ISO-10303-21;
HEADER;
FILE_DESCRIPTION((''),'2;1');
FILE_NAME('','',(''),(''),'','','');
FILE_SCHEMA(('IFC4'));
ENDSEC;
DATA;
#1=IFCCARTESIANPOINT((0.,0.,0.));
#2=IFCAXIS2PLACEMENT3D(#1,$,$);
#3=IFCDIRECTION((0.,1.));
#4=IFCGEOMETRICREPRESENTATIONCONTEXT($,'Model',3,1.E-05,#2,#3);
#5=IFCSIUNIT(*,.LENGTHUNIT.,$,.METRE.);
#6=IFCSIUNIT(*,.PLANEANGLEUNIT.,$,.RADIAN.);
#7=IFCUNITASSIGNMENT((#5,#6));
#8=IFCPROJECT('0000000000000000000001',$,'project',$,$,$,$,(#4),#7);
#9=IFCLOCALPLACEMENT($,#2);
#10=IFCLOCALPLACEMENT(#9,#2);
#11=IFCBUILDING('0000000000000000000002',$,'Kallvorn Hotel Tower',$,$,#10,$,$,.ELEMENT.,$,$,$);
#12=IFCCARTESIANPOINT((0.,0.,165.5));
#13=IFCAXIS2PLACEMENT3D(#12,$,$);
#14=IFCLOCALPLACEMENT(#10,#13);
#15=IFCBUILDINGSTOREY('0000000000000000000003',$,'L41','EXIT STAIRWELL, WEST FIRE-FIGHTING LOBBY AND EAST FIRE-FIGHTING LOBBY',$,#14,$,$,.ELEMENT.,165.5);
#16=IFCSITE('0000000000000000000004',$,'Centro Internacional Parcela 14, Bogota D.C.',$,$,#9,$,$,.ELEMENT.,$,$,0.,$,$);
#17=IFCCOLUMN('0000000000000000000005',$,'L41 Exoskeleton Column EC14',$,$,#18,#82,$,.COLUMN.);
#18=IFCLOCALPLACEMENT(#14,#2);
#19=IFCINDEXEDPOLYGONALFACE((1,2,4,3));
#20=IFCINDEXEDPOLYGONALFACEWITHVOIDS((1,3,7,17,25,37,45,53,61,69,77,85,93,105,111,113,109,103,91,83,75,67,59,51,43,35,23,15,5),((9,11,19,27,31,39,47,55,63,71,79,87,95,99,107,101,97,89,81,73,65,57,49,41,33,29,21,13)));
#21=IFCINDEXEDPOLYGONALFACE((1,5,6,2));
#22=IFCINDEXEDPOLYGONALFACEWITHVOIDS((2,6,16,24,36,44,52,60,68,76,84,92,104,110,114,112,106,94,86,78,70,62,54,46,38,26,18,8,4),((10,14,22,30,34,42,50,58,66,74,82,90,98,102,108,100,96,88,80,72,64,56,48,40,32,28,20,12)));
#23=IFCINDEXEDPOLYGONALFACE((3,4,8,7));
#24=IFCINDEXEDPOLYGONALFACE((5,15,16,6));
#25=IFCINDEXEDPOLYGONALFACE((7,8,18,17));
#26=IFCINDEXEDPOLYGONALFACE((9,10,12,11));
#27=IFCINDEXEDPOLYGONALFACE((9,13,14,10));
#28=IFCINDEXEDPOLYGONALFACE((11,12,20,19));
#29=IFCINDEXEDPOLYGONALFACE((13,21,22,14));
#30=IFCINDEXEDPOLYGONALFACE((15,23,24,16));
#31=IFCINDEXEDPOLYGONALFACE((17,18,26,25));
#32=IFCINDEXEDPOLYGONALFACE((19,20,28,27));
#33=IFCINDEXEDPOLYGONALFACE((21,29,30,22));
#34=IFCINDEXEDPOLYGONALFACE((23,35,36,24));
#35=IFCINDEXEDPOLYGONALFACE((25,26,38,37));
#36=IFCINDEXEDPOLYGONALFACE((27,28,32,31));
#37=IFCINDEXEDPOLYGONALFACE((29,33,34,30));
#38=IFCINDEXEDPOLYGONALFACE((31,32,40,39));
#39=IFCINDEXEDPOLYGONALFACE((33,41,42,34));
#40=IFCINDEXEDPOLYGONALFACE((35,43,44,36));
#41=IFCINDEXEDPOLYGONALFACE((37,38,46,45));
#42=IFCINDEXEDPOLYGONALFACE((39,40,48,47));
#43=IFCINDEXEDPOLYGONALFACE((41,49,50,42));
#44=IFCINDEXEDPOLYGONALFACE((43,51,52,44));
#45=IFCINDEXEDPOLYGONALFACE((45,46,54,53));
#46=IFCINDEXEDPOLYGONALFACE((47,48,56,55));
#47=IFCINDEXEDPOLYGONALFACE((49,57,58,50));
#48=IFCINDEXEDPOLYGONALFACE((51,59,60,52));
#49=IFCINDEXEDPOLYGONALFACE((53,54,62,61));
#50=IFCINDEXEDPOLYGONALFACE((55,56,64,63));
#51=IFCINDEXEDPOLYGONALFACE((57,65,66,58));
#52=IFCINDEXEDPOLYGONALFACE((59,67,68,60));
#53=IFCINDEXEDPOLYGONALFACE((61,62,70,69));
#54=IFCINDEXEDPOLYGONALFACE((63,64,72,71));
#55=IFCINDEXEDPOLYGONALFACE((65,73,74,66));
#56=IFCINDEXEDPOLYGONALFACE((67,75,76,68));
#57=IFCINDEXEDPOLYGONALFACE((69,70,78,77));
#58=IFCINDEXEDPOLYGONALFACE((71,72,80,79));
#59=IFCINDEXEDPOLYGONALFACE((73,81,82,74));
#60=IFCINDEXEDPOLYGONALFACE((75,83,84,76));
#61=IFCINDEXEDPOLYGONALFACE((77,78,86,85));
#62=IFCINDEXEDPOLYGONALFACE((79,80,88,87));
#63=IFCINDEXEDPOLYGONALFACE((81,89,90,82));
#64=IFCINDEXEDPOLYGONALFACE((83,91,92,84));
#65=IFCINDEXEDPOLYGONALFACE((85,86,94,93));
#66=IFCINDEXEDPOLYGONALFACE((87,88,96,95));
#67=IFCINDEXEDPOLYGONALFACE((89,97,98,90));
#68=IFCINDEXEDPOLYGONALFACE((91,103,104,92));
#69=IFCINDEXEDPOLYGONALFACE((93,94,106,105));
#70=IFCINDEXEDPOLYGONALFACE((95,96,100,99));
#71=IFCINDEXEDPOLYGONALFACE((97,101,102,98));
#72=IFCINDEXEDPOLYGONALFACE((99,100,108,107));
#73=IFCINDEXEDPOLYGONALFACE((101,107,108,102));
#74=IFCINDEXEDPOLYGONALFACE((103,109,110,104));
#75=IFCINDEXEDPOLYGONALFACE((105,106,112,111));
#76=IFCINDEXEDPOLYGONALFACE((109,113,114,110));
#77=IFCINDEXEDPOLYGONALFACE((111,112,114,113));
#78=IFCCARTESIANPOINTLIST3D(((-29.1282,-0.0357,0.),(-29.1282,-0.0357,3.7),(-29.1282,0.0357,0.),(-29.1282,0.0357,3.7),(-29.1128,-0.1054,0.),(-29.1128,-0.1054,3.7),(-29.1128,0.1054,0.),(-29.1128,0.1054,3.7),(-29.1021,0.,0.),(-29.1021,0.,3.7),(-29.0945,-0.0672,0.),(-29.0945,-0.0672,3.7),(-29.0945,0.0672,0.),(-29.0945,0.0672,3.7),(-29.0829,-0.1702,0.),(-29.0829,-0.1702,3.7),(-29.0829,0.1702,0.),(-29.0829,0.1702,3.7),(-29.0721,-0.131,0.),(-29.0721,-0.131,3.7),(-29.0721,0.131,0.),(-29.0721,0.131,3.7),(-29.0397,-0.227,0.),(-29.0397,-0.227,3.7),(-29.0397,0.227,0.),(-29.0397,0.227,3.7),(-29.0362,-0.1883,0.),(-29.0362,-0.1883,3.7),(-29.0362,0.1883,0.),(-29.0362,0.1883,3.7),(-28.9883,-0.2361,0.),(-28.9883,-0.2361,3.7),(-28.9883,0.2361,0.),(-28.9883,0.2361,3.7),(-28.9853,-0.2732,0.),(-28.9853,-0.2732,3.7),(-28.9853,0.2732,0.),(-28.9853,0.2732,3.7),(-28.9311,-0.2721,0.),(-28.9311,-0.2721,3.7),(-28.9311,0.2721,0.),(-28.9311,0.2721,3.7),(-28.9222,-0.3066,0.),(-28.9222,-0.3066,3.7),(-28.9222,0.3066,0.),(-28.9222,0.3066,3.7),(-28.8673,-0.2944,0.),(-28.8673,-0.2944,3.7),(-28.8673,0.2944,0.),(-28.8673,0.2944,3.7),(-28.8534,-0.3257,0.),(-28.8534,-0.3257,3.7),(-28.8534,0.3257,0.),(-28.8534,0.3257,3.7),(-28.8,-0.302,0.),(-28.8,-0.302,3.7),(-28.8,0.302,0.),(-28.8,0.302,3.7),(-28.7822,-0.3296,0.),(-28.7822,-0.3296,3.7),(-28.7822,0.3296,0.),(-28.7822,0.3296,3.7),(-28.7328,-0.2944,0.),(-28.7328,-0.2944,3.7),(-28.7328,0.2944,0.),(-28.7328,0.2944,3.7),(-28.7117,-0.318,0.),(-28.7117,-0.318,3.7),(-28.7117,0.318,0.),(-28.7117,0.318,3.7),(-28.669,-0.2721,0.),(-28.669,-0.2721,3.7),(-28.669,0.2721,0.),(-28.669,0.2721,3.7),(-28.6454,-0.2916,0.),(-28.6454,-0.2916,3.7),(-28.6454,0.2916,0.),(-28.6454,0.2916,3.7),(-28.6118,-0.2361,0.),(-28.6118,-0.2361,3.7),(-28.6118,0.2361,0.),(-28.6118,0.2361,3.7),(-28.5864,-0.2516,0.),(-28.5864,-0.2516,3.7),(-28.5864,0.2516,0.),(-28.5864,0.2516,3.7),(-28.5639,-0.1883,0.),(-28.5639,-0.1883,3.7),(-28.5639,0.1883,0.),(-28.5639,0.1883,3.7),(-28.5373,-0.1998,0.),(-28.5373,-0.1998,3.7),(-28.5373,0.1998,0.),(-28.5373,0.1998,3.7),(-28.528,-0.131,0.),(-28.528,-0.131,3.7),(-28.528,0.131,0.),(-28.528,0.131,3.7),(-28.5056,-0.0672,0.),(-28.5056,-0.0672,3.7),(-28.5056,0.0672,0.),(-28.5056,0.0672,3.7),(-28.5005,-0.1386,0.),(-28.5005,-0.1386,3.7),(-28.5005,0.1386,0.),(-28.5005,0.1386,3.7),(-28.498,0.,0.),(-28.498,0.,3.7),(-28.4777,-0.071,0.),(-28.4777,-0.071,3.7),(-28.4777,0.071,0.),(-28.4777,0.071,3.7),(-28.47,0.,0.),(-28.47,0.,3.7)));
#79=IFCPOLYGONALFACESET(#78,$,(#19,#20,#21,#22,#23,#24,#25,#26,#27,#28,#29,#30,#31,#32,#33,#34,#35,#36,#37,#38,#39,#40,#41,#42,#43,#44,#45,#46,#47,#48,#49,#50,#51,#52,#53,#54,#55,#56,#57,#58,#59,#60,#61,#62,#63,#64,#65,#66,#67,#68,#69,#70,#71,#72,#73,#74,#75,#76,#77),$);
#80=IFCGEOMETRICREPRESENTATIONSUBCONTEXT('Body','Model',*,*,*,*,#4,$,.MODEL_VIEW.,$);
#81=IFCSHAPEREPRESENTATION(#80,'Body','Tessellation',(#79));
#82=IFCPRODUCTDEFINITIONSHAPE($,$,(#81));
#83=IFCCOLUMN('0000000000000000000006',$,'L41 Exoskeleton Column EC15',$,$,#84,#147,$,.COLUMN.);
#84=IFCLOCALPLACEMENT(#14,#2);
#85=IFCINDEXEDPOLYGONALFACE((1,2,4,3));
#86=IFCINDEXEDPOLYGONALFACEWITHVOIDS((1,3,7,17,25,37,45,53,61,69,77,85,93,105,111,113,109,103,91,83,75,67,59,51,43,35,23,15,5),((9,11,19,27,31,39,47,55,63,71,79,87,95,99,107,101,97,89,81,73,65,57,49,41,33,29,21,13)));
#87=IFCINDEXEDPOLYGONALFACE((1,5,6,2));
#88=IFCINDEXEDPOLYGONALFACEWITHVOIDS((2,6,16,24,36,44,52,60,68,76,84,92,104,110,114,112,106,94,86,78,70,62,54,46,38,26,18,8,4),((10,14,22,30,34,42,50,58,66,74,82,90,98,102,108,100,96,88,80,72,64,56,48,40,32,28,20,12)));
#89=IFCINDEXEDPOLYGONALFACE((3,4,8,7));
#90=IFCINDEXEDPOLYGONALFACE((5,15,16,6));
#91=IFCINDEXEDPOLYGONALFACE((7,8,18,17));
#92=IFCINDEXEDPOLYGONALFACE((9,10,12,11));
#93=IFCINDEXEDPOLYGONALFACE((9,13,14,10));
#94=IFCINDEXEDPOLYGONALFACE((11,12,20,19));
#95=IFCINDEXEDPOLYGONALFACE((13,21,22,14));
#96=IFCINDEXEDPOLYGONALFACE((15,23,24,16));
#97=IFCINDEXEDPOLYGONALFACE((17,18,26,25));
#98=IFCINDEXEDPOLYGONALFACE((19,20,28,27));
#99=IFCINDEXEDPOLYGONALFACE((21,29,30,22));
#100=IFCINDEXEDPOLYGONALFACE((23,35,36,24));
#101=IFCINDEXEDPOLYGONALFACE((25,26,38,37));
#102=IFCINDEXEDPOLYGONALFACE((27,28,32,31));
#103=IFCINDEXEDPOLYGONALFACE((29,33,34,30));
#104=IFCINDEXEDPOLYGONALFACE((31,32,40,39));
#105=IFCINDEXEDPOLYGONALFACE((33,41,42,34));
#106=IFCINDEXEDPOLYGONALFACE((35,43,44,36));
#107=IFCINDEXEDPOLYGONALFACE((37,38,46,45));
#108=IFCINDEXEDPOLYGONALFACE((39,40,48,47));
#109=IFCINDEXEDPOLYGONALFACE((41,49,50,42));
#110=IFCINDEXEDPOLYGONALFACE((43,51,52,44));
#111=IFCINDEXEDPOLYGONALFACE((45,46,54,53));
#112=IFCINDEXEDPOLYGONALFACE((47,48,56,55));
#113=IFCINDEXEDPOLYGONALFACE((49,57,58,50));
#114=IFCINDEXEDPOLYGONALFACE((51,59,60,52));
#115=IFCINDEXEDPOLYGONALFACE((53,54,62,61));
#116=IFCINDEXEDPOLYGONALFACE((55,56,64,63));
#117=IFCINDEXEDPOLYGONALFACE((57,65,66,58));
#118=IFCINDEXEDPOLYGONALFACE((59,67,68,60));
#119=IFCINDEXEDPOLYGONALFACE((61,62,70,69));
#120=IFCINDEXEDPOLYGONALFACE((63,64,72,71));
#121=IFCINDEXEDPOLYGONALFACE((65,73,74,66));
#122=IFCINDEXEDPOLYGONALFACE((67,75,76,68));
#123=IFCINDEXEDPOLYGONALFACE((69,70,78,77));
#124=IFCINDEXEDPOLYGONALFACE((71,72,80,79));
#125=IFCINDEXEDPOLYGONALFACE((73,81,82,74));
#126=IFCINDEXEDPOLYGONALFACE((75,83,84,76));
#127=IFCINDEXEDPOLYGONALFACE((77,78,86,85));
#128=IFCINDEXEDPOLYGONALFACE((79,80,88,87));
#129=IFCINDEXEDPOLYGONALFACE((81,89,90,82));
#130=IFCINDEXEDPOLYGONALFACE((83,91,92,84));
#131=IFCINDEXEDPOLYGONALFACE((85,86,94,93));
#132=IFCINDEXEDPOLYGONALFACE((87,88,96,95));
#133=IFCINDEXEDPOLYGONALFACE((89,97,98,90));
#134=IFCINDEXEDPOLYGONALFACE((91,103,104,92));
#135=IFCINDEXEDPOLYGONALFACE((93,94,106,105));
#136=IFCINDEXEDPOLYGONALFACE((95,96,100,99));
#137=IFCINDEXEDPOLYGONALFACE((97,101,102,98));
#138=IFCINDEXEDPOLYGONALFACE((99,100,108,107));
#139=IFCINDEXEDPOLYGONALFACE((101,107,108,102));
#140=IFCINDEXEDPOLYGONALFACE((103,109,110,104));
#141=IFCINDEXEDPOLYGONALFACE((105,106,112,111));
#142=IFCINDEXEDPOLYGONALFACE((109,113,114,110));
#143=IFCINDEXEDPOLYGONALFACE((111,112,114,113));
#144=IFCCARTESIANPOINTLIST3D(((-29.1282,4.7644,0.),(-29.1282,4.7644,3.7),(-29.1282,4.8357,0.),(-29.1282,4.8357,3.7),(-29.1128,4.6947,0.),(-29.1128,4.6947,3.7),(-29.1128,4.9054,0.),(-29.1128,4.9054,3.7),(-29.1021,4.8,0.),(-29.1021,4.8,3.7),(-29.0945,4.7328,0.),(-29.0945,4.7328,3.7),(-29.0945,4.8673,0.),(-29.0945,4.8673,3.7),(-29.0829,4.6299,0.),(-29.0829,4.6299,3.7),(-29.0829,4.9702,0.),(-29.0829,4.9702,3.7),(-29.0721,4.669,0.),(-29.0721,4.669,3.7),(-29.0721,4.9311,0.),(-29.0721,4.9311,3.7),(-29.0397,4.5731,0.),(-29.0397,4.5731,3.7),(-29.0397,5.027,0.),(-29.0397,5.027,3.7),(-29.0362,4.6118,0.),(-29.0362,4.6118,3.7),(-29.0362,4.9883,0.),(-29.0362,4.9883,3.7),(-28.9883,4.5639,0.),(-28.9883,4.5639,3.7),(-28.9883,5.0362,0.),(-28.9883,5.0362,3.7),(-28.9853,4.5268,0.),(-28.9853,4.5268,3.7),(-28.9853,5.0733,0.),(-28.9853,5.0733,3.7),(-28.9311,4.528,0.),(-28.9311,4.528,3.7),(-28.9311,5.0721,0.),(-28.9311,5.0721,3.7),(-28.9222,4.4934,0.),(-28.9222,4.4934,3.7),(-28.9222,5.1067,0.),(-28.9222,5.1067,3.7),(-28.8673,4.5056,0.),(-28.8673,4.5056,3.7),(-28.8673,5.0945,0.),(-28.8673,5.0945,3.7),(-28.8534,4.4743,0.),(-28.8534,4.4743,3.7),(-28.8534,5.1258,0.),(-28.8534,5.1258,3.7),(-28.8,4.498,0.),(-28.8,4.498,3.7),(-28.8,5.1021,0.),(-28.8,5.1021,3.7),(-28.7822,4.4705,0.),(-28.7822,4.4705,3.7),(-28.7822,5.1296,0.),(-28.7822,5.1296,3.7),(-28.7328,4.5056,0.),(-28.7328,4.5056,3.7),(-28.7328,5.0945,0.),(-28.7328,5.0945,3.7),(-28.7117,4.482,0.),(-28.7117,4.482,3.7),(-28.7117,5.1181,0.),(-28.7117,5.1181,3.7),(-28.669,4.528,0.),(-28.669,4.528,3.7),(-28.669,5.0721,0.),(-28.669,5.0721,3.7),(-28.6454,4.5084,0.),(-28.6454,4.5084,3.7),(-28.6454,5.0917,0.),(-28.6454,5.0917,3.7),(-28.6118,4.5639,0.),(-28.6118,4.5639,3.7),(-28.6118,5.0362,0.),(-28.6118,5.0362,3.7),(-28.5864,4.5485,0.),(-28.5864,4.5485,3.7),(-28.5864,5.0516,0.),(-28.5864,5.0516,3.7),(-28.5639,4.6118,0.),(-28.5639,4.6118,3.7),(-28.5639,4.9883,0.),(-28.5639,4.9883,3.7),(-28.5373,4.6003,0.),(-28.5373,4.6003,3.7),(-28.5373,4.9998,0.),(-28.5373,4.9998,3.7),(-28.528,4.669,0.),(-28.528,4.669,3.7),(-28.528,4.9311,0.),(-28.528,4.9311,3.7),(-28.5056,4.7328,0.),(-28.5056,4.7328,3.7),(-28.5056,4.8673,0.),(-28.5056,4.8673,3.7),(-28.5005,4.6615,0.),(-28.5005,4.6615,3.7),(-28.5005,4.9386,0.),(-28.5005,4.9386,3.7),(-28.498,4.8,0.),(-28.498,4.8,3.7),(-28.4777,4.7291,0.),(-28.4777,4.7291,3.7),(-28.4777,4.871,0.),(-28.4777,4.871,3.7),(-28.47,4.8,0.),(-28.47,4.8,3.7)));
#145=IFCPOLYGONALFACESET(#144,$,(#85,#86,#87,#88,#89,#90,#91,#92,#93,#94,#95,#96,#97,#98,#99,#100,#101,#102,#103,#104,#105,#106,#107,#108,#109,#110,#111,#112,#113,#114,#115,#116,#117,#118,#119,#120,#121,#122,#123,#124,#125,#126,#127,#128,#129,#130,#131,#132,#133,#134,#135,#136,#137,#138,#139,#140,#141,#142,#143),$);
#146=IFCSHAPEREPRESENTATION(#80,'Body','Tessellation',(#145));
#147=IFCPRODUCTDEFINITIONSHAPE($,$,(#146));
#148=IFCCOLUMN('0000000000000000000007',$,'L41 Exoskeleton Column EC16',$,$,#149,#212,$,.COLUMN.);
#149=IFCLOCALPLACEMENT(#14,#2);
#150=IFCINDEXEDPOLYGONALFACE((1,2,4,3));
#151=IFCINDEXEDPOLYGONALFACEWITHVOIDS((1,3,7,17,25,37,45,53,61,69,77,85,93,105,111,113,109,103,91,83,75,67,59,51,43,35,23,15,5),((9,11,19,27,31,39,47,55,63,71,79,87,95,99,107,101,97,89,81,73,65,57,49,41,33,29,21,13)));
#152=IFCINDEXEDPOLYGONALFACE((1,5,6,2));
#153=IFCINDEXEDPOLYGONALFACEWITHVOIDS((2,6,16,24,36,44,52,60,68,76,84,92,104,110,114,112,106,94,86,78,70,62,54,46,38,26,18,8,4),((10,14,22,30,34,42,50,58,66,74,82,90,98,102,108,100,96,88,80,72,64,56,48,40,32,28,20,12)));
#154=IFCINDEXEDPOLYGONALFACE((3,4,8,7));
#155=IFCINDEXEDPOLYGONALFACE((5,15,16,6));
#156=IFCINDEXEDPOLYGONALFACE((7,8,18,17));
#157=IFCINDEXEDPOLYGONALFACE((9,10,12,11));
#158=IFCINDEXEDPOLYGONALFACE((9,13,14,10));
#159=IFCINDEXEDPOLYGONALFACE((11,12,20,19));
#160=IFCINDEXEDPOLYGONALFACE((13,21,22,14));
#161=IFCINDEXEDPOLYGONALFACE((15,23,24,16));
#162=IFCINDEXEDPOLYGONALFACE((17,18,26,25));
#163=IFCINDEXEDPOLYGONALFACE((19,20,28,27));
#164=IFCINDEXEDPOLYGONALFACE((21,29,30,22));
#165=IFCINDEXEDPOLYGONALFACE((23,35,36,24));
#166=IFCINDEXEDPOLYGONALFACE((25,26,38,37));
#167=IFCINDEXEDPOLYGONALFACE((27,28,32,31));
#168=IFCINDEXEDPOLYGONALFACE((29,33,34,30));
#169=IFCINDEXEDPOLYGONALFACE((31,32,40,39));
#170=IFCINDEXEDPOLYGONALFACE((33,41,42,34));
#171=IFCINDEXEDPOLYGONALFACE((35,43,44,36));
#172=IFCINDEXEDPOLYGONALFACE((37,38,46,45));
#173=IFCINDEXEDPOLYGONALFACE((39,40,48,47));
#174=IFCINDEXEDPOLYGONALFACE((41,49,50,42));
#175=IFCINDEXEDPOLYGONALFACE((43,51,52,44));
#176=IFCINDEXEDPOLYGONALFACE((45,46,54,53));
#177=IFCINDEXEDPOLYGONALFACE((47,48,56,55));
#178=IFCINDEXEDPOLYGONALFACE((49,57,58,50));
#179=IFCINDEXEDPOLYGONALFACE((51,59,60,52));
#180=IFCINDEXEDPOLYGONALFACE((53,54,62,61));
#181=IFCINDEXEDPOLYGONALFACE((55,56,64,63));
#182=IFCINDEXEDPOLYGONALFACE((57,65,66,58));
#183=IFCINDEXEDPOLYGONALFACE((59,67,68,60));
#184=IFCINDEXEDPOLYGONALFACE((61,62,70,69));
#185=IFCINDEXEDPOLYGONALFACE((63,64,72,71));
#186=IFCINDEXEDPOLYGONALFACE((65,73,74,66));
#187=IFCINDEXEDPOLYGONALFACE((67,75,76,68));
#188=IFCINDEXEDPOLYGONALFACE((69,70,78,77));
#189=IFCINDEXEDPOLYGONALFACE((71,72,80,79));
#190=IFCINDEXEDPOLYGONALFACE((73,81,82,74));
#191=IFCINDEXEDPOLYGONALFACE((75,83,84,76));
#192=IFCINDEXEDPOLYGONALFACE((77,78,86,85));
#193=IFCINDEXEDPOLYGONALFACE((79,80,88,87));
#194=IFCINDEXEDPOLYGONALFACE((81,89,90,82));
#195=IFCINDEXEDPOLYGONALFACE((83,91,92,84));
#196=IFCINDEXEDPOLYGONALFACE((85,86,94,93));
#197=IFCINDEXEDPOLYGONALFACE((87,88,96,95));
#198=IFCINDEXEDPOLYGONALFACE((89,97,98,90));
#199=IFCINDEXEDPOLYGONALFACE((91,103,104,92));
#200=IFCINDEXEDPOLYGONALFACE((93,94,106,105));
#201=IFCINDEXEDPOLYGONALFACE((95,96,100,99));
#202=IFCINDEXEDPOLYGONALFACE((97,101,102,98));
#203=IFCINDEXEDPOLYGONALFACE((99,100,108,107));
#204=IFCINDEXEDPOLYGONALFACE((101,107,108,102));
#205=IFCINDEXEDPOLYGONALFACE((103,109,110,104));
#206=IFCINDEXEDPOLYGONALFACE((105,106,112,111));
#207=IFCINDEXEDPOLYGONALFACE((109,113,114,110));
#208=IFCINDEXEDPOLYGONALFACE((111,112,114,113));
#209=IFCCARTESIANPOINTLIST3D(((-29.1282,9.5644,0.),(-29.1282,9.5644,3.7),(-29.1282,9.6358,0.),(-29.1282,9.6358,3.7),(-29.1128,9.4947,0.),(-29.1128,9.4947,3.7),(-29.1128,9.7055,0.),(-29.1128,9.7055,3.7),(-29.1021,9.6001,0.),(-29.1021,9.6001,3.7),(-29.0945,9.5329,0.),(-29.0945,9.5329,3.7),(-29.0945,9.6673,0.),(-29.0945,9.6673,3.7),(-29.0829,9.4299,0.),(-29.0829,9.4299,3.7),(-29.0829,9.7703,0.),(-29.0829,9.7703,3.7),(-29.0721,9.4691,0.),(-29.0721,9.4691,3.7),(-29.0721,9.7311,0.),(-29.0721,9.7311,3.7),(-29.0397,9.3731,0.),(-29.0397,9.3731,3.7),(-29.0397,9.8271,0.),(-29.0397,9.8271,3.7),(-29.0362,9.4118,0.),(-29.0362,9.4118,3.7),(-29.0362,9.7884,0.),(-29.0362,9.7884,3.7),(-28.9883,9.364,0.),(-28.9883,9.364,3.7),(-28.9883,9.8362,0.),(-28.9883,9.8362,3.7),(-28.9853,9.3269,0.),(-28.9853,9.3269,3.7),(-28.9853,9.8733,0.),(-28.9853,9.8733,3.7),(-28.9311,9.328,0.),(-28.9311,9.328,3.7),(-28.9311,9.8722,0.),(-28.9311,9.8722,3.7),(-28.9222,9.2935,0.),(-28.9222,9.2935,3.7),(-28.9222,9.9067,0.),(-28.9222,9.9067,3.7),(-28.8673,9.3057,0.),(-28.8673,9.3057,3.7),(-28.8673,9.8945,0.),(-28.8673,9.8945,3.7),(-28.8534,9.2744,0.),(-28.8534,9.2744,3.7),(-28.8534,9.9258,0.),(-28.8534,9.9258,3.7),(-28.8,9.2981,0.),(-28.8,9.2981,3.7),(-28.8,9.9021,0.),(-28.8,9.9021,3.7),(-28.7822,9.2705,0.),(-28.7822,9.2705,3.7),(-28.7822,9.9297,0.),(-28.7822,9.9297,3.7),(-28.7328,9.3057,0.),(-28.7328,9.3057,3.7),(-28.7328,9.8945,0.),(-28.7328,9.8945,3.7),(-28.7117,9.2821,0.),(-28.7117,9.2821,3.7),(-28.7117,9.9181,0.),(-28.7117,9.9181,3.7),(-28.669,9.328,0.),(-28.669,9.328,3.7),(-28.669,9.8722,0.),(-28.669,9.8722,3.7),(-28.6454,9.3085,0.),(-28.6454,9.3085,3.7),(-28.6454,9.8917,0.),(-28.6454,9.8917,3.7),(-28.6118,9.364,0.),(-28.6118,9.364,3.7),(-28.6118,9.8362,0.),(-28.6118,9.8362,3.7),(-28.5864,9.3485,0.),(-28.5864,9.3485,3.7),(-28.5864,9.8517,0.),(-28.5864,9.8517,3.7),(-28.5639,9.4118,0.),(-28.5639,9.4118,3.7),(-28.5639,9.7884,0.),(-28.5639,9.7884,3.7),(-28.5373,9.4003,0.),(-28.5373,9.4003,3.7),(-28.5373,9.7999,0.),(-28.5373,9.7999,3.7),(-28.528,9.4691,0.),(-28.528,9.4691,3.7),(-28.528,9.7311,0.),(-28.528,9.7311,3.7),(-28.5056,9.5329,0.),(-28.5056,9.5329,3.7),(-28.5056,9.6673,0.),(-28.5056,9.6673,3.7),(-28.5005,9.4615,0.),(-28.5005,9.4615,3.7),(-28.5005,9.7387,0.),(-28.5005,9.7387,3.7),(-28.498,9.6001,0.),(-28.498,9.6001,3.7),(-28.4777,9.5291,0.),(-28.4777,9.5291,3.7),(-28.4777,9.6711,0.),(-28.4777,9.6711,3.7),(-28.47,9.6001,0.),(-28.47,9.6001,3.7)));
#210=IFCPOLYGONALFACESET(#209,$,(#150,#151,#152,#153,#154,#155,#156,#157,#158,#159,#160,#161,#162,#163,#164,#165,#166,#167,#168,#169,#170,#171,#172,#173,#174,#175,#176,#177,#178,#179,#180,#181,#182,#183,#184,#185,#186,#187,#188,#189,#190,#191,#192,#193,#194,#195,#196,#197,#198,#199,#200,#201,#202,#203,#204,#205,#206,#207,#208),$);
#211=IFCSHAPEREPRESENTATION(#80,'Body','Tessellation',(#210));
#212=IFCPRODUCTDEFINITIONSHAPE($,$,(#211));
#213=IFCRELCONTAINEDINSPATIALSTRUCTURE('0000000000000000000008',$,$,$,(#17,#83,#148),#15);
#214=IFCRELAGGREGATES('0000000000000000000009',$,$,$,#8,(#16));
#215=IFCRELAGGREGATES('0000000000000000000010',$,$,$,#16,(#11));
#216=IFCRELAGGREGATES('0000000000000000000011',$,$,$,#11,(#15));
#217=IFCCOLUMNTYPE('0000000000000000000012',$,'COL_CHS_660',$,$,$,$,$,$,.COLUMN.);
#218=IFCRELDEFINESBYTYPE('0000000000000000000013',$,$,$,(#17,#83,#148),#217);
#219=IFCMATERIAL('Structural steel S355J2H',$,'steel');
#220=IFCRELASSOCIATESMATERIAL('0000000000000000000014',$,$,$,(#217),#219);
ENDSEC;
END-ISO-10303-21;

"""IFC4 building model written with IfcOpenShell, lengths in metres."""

from ifc_helpers import new_model, si_unit, direction, frame, origin, origin_2d, place, context, subcontext, project, spatial, hollow_circle, extrude, material, material_profile, profile_set, type_object, element, save


model = new_model("IFC4")

# Units and contexts
model_context = context("Model", 3, precision=1e-05, world=origin(), true_north=direction((0.0, 1.0)))
body_context = subcontext(model_context, "Body", "Model", "MODEL_VIEW")
ifc_project = project(units=[si_unit("LENGTHUNIT", "METRE"), si_unit("PLANEANGLEUNIT", "RADIAN")], contexts=[model_context])

# Site, building, storey
site_placement = place(None, origin())
site = spatial("IfcSite", under=ifc_project, at=site_placement, Name="Centro Internacional Parcela 14, Bogota D.C.", CompositionType="ELEMENT", RefElevation=0.0)
building_placement = place(site_placement, origin())
building = spatial("IfcBuilding", under=site, at=building_placement, Name="Kallvorn Hotel Tower", CompositionType="ELEMENT")
storey_placement = place(building_placement, frame((0.0, 0.0, 165.5)))
storey = spatial("IfcBuildingStorey", under=building, at=storey_placement, Name="L41", Description="EXIT STAIRWELL, WEST FIRE-FIGHTING LOBBY AND EAST FIRE-FIGHTING LOBBY", CompositionType="ELEMENT", Elevation=165.5)

# Columns
ifc_material_1 = material(Name="Structural steel S355J2H", Category="steel")
ifc_material_profile_1 = material_profile(ifc_material_1, hollow_circle(Radius=0.3301, WallThickness=0.0281, at=origin_2d()), Name="CHS 660x28")
ifc_profile_set_1 = profile_set([ifc_material_profile_1], Name="Structural steel S355J2H")
column_type_1 = type_object("IfcColumnType", Name="COL_CHS_660", PredefinedType="COLUMN", material=ifc_profile_set_1)
for number, where, z_axis, x_axis, name in (
    (1, (-28.8, 0.0, 0.0), (0.0, 0.0, 1.0), (1.0, 0.0, 0.0), "L41 Exoskeleton Column EC14"),
    (2, (-28.8, 4.8, 0.0), (0.0, 0.0, 1.0), (1.0, 0.0, 0.0), "L41 Exoskeleton Column EC15"),
    (3, (-28.8, 9.6001, 0.0), (0.0, 0.0, 1.0), (1.0, 0.0, 0.0), "L41 Exoskeleton Column EC16"),
):
    element("IfcColumn", number, at=place(storey_placement, frame(where, z_axis=z_axis, x_axis=x_axis)), inside=storey, type_object=column_type_1, Name=name, PredefinedType="COLUMN", context=body_context, shape_type="SweptSolid", body=[
        extrude(hollow_circle(Radius=0.3301, WallThickness=0.0281, at=origin_2d()), origin(), (0.0, 0.0, 1.0), 3.7),
    ])

save(model, "model.ifc")
